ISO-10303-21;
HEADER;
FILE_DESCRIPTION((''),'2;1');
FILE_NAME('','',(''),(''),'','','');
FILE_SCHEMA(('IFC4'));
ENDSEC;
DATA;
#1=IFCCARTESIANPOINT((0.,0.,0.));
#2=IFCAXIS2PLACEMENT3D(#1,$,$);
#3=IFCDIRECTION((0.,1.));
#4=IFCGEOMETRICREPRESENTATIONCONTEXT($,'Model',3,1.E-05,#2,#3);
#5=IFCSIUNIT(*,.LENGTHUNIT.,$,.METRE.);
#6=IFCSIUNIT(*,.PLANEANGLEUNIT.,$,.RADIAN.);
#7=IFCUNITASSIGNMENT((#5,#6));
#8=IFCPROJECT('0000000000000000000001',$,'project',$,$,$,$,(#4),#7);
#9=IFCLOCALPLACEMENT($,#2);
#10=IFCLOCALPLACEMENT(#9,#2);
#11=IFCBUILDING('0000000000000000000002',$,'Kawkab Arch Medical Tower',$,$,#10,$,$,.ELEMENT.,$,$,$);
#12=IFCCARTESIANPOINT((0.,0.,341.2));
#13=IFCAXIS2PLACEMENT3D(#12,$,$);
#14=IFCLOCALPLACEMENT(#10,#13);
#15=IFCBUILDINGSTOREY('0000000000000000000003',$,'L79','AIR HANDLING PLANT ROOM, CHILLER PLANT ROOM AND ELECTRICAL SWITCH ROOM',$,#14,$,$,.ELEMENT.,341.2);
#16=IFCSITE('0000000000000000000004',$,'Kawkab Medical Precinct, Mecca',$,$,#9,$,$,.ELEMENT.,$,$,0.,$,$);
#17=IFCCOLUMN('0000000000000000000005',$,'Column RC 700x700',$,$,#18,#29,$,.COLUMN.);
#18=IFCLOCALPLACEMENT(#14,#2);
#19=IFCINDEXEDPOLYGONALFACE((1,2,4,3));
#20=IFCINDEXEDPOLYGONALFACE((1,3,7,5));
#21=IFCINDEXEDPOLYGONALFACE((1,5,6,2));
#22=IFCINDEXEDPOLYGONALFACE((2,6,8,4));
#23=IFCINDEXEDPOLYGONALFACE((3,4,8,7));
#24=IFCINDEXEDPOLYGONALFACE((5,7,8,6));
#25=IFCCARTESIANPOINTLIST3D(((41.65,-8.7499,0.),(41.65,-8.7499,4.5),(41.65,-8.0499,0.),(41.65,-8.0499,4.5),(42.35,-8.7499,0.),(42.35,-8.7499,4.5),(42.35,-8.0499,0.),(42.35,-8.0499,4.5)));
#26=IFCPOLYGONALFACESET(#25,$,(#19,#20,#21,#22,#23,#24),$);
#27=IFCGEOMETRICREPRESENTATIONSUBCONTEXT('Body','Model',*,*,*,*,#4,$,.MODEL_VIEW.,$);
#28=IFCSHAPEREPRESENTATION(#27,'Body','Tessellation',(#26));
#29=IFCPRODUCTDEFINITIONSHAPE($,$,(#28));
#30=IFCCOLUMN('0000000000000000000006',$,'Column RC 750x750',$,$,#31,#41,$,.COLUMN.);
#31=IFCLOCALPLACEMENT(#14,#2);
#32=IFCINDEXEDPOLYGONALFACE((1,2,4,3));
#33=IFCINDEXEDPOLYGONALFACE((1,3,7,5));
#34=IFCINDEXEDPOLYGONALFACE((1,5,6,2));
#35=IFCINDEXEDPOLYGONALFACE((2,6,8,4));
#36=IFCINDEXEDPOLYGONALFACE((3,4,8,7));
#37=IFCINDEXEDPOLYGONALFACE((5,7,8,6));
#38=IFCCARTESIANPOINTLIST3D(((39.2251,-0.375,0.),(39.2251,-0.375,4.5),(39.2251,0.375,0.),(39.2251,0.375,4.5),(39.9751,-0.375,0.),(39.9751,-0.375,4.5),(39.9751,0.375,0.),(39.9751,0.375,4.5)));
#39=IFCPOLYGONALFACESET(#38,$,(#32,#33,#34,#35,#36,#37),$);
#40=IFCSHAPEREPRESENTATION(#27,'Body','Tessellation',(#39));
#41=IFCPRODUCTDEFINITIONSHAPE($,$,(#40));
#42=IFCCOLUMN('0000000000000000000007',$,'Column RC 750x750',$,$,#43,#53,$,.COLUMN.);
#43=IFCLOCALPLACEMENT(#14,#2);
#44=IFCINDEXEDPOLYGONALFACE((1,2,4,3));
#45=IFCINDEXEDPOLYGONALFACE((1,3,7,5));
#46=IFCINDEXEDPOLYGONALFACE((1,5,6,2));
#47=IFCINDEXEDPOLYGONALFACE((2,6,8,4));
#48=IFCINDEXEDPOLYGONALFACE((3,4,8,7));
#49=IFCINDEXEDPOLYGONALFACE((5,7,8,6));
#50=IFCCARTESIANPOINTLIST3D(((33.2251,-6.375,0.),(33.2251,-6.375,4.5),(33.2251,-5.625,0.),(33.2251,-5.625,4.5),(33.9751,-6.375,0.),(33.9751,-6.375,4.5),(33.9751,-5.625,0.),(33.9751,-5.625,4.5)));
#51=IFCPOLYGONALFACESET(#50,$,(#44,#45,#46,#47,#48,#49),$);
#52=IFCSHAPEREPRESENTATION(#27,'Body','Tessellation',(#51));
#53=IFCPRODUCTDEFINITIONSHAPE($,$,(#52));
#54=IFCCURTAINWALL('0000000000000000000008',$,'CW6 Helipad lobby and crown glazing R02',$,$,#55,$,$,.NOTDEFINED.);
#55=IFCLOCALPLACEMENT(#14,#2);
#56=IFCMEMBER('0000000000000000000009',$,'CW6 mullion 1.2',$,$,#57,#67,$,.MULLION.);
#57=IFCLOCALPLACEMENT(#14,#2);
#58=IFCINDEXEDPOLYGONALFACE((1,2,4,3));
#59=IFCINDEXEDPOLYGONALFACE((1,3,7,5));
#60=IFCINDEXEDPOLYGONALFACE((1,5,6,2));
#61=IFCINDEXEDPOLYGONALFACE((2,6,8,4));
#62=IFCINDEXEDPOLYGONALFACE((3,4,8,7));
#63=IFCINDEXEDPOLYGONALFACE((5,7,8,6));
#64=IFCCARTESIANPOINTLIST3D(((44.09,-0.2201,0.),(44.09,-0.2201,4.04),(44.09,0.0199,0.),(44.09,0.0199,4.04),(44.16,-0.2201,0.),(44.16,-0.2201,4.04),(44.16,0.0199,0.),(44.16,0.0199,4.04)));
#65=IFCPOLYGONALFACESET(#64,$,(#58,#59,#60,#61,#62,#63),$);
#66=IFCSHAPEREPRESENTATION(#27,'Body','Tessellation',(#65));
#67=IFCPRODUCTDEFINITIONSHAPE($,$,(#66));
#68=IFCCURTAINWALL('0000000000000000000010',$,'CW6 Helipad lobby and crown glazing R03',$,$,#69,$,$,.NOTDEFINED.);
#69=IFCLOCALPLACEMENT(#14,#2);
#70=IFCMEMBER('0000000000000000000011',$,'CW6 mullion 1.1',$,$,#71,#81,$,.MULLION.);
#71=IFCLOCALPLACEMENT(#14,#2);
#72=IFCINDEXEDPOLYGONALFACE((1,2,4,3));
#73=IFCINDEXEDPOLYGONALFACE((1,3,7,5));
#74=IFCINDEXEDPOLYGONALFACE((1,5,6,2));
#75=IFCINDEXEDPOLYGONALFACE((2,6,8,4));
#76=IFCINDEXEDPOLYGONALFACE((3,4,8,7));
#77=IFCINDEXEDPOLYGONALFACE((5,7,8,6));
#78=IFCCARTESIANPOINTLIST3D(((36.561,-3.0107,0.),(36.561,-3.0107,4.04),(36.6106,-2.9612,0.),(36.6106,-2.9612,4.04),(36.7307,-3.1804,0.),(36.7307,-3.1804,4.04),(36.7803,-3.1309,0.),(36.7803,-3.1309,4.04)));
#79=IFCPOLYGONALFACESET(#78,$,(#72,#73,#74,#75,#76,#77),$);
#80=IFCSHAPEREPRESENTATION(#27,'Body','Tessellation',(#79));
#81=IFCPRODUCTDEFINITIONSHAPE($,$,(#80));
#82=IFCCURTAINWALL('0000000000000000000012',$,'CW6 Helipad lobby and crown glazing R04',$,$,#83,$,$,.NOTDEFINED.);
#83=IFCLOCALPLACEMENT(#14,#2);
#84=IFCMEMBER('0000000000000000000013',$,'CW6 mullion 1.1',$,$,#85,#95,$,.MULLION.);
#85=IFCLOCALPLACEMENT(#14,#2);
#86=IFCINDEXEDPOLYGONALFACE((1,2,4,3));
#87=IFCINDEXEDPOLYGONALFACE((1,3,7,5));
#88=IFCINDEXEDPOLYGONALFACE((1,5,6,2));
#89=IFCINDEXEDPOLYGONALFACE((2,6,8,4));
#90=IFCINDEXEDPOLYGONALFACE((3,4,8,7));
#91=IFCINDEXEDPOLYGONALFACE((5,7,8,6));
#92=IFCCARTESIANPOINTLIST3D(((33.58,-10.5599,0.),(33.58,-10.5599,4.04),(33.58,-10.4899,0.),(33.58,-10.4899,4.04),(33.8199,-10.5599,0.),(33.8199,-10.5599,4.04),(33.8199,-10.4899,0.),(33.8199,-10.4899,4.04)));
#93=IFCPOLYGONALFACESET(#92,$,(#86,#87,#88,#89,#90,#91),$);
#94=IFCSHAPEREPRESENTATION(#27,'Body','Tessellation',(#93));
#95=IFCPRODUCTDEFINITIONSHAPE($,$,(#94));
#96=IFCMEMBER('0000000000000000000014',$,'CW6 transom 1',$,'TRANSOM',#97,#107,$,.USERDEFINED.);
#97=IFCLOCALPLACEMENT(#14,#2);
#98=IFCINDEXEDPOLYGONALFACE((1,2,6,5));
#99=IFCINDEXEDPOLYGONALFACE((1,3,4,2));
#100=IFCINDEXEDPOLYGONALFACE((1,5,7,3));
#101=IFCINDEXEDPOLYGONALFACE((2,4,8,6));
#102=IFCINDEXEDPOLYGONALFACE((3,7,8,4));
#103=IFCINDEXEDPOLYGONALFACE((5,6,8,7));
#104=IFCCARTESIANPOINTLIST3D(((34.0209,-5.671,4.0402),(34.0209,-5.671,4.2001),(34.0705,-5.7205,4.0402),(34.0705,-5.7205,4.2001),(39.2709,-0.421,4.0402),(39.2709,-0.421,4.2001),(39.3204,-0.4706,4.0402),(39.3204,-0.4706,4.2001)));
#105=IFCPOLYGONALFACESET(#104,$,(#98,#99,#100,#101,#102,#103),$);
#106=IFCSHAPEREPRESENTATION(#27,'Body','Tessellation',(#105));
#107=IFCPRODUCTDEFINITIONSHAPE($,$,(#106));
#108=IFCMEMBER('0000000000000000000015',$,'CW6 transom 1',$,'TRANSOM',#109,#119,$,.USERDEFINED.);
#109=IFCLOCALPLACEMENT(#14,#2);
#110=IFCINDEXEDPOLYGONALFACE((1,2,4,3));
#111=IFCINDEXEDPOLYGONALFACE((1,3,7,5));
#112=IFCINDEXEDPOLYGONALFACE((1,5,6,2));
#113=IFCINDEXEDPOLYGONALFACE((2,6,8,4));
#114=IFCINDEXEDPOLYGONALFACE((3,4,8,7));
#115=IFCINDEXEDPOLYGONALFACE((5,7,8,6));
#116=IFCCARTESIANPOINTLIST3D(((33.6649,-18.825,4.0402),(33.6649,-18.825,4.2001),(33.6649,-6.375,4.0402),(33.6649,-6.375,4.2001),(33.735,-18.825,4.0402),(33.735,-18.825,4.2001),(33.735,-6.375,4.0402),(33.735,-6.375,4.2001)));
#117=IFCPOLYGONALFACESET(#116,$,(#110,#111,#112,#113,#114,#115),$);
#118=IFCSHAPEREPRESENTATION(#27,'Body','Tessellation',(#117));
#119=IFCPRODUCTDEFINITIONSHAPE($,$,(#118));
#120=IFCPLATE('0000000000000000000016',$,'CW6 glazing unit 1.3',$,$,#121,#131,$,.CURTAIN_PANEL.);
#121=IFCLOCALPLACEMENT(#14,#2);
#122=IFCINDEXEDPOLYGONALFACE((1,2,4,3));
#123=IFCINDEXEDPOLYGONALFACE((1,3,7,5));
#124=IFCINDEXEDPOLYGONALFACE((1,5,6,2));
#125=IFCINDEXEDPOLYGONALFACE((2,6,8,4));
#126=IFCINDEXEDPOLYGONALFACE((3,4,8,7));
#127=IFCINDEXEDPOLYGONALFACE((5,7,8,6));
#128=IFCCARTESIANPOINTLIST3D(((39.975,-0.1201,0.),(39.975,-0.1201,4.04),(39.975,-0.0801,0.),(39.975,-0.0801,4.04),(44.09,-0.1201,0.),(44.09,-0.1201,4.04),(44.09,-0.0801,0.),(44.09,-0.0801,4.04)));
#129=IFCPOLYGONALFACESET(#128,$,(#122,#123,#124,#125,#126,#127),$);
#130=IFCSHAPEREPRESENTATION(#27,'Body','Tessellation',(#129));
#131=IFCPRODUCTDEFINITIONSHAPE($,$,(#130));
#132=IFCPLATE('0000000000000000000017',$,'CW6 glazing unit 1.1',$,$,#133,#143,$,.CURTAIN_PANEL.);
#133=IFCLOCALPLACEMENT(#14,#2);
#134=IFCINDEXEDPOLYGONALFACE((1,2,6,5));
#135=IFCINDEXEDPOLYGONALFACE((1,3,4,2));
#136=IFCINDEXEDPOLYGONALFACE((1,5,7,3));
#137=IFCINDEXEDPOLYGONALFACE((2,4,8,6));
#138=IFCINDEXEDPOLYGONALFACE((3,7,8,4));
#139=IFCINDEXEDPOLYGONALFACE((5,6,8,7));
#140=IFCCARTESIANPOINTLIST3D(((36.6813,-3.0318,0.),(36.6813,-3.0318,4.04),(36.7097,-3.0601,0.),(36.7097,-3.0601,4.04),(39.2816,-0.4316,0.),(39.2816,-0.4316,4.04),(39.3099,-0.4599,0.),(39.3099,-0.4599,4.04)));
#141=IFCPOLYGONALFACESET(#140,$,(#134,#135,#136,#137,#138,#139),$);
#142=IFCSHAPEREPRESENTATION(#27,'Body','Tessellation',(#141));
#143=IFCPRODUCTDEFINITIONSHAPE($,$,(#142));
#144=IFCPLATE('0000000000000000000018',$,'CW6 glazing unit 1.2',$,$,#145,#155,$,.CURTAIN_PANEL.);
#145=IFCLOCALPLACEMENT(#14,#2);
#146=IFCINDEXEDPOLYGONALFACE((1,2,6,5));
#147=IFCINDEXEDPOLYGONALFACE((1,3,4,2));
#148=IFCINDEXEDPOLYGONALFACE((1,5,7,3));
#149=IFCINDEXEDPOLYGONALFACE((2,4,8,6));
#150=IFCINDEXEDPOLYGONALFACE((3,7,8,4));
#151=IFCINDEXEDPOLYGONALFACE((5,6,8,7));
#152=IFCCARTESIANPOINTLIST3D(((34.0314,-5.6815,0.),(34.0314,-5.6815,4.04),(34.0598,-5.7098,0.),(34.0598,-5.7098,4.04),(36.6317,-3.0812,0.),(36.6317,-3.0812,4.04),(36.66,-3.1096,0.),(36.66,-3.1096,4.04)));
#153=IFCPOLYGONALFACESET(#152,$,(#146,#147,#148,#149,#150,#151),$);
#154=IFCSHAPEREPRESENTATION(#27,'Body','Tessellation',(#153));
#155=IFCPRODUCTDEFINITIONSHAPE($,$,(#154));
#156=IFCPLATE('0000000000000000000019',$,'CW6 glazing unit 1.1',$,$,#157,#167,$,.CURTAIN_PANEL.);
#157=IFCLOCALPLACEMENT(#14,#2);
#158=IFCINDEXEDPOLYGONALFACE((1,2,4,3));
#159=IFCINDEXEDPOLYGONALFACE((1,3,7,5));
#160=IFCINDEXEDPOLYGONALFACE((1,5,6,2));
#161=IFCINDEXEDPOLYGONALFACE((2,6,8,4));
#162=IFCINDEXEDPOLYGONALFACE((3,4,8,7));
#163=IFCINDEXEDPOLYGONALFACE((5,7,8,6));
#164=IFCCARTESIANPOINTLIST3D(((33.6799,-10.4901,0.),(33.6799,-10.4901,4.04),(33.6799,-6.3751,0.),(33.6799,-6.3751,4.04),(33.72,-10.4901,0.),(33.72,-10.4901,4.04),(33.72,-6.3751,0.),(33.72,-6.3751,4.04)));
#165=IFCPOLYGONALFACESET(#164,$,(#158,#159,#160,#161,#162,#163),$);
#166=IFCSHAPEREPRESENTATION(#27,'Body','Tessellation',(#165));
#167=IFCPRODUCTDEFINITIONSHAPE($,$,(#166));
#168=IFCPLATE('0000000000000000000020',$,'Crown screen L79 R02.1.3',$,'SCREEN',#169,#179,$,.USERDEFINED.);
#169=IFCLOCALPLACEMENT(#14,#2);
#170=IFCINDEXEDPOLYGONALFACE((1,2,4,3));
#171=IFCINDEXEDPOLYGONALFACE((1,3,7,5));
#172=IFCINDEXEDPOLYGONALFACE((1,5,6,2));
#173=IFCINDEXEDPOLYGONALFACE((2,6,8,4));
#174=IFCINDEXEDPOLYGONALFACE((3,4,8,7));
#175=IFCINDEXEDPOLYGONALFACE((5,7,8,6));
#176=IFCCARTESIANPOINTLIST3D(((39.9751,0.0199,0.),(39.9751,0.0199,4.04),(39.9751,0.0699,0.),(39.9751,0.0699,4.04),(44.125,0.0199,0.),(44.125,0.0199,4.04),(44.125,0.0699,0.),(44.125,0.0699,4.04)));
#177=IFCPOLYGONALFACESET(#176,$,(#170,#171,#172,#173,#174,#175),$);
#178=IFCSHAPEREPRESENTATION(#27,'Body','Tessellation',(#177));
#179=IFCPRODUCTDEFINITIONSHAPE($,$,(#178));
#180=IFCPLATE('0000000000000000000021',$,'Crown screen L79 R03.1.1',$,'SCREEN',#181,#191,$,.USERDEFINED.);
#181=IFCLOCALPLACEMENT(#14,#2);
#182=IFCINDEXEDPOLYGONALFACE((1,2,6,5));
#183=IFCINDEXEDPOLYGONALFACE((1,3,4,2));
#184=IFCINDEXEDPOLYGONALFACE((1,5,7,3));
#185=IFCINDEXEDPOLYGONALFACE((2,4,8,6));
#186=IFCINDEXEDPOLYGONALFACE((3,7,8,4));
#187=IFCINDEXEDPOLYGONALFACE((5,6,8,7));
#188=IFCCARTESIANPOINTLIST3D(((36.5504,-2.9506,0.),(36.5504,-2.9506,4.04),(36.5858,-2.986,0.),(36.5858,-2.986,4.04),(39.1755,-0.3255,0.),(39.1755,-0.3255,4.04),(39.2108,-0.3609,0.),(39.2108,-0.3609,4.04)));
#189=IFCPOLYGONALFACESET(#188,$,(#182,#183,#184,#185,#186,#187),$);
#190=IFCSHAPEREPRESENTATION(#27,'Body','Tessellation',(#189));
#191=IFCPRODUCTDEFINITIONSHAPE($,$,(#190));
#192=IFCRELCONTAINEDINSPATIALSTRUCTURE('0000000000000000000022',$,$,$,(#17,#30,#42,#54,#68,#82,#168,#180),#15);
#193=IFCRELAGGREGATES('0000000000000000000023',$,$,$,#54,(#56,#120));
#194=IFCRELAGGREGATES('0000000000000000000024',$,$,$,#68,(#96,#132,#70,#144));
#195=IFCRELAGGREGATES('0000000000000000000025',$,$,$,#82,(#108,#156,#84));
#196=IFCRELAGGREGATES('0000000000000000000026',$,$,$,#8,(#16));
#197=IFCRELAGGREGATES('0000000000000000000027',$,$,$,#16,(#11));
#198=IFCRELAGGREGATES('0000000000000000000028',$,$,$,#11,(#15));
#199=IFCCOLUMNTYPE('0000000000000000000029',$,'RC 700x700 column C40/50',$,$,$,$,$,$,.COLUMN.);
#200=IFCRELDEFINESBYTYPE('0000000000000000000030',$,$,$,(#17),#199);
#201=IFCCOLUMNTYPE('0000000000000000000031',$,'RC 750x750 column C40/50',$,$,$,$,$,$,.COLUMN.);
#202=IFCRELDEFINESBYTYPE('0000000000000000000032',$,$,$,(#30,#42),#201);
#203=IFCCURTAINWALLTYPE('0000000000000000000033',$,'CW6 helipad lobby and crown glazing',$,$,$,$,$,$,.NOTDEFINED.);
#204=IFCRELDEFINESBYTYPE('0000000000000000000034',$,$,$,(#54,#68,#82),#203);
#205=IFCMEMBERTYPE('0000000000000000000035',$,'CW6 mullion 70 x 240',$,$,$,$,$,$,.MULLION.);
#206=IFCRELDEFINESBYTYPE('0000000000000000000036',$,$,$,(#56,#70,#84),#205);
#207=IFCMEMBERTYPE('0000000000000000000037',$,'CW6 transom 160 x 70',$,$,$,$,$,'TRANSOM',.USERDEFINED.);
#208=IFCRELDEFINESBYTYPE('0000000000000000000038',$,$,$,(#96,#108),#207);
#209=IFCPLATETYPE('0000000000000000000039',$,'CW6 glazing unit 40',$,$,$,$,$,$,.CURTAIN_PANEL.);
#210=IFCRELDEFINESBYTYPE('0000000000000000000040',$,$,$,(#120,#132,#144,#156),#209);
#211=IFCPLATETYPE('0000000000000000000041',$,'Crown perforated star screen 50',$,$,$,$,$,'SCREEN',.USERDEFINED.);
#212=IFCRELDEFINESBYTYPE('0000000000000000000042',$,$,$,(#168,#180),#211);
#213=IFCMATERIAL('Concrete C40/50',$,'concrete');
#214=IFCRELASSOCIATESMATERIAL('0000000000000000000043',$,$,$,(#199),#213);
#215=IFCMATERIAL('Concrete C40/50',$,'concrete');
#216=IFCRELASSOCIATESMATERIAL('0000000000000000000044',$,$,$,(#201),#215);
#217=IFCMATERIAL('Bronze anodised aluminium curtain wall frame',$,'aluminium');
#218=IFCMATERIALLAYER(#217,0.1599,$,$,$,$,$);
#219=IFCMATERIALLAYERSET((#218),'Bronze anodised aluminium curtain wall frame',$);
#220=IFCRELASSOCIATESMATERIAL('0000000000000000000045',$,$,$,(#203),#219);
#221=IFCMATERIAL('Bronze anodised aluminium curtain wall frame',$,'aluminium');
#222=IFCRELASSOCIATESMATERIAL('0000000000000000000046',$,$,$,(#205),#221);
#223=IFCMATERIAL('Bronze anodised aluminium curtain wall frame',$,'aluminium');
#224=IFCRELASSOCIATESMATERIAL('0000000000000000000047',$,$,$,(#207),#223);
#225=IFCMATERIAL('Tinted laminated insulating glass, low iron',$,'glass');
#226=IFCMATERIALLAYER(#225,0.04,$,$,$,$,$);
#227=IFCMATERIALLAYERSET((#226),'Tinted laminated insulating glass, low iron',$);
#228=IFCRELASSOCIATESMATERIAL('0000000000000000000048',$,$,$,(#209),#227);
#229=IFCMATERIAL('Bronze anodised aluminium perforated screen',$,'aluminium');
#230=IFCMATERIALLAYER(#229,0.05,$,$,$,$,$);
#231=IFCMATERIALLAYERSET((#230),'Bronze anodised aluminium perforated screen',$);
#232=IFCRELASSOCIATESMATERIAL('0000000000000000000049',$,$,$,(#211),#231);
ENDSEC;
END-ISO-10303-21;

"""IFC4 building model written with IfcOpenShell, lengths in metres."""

from ifc_helpers import new_model, si_unit, direction, frame, origin, origin_2d, place, context, subcontext, project, spatial, rectangle, extrude, material, layer, layer_set, material_profile, profile_set, type_object, element, aggregate, save


model = new_model("IFC4")

# Units and contexts
model_context = context("Model", 3, precision=1e-05, world=origin(), true_north=direction((0.0, 1.0)))
body_context = subcontext(model_context, "Body", "Model", "MODEL_VIEW")
ifc_project = project(units=[si_unit("LENGTHUNIT", "METRE"), si_unit("PLANEANGLEUNIT", "RADIAN")], contexts=[model_context])

# Site, building, storey
site_placement = place(None, origin())
site = spatial("IfcSite", under=ifc_project, at=site_placement, Name="Kawkab Medical Precinct, Mecca", CompositionType="ELEMENT", RefElevation=0.0)
building_placement = place(site_placement, origin())
building = spatial("IfcBuilding", under=site, at=building_placement, Name="Kawkab Arch Medical Tower", CompositionType="ELEMENT")
storey_placement = place(building_placement, frame((0.0, 0.0, 341.2)))
storey = spatial("IfcBuildingStorey", under=building, at=storey_placement, Name="L79", Description="AIR HANDLING PLANT ROOM, CHILLER PLANT ROOM AND ELECTRICAL SWITCH ROOM", CompositionType="ELEMENT", Elevation=341.2)

# Columns
ifc_material_1 = material(Name="Concrete C40/50", Category="concrete")
ifc_material_profile_1 = material_profile(ifc_material_1, rectangle(XDim=0.7, YDim=0.7, at=origin_2d()), Name="RC 700x700")
ifc_profile_set_1 = profile_set([ifc_material_profile_1], Name="Concrete C40/50")
column_type_1 = type_object("IfcColumnType", Name="RC 700x700 column C40/50", PredefinedType="COLUMN", material=ifc_profile_set_1)
column_placement = place(storey_placement, frame((42.0, -8.3999, 0.0), z_axis=(0.0, 0.0, 1.0), x_axis=(1.0, 0.0, 0.0)))
element("IfcColumn", 1, at=column_placement, inside=storey, type_object=column_type_1, Name="Column RC 700x700", PredefinedType="COLUMN", context=body_context, shape_type="SweptSolid", body=[
    extrude(rectangle(XDim=0.7, YDim=0.7, at=origin_2d()), origin(), (0.0, 0.0, 1.0), 4.5),
])
ifc_material_2 = material(Name="Concrete C40/50", Category="concrete")
ifc_material_profile_2 = material_profile(ifc_material_2, rectangle(XDim=0.75, YDim=0.75, at=origin_2d()), Name="RC 750x750")
ifc_profile_set_2 = profile_set([ifc_material_profile_2], Name="Concrete C40/50")
column_type_2 = type_object("IfcColumnType", Name="RC 750x750 column C40/50", PredefinedType="COLUMN", material=ifc_profile_set_2)
for number, where, z_axis, x_axis, name in (
    (2, (39.6001, 0.0, 0.0), (0.0, 0.0, 1.0), (1.0, 0.0, 0.0), "Column RC 750x750"),
    (3, (33.6001, -6.0, 0.0), (0.0, 0.0, 1.0), (1.0, 0.0, 0.0), "Column RC 750x750"),
):
    element("IfcColumn", number, at=place(storey_placement, frame(where, z_axis=z_axis, x_axis=x_axis)), inside=storey, type_object=column_type_2, Name=name, PredefinedType="COLUMN", context=body_context, shape_type="SweptSolid", body=[
        extrude(rectangle(XDim=0.75, YDim=0.75, at=origin_2d()), origin(), (0.0, 0.0, 1.0), 4.5),
    ])

# Curtain walls, members
ifc_material_3 = material(Name="Bronze anodised aluminium curtain wall frame", Category="aluminium")
ifc_layer_1 = layer(ifc_material_3, 0.1599)
ifc_layer_set_1 = layer_set([ifc_layer_1], Name="Bronze anodised aluminium curtain wall frame")
curtain_wall_type = type_object("IfcCurtainWallType", Name="CW6 helipad lobby and crown glazing", PredefinedType="NOTDEFINED", material=ifc_layer_set_1)
placement = place(storey_placement, origin())
curtain_wall_1 = element("IfcCurtainWall", 4, at=placement, inside=storey, type_object=curtain_wall_type, Name="CW6 Helipad lobby and crown glazing R02", PredefinedType="NOTDEFINED")
ifc_material_4 = material(Name="Bronze anodised aluminium curtain wall frame", Category="aluminium")
ifc_material_profile_3 = material_profile(ifc_material_4, rectangle(XDim=0.24, YDim=0.0701, at=origin_2d()), Name="AL 70x240")
ifc_profile_set_3 = profile_set([ifc_material_profile_3], Name="Bronze anodised aluminium curtain wall frame")
member_type_1 = type_object("IfcMemberType", Name="CW6 mullion 70 x 240", PredefinedType="MULLION", material=ifc_profile_set_3)
member_1_placement = place(storey_placement, frame((44.125, -0.1001, 0.0), z_axis=(0.0, 0.0, 1.0), x_axis=(0.0, -1.0, 0.0)))
member_1 = element("IfcMember", 5, at=member_1_placement, type_object=member_type_1, Name="CW6 mullion 1.2", PredefinedType="MULLION", context=body_context, shape_type="SweptSolid", body=[
    extrude(rectangle(XDim=0.24, YDim=0.0701, at=origin_2d()), origin(), (0.0, 0.0, 1.0), 4.04),
])
curtain_wall_2 = element("IfcCurtainWall", 6, at=placement, inside=storey, type_object=curtain_wall_type, Name="CW6 Helipad lobby and crown glazing R03", PredefinedType="NOTDEFINED")
member_2_placement = place(storey_placement, frame((36.6707, -3.0708, 0.0), z_axis=(0.0, 0.0, 1.0), x_axis=(0.707107, -0.707107, 0.0)))
member_2 = element("IfcMember", 7, at=member_2_placement, type_object=member_type_1, Name="CW6 mullion 1.1", PredefinedType="MULLION", context=body_context, shape_type="SweptSolid", body=[
    extrude(rectangle(XDim=0.24, YDim=0.0701, at=origin_2d()), origin(), (0.0, 0.0, 1.0), 4.04),
])
curtain_wall_3 = element("IfcCurtainWall", 8, at=placement, inside=storey, type_object=curtain_wall_type, Name="CW6 Helipad lobby and crown glazing R04", PredefinedType="NOTDEFINED")
member_3_placement = place(storey_placement, frame((33.7, -10.5249, 0.0), z_axis=(0.0, 0.0, 1.0), x_axis=(1.0, 0.0, 0.0)))
member_3 = element("IfcMember", 9, at=member_3_placement, type_object=member_type_1, Name="CW6 mullion 1.1", PredefinedType="MULLION", context=body_context, shape_type="SweptSolid", body=[
    extrude(rectangle(XDim=0.24, YDim=0.0701, at=origin_2d()), origin(), (0.0, 0.0, 1.0), 4.04),
])

# Members
ifc_material_5 = material(Name="Bronze anodised aluminium curtain wall frame", Category="aluminium")
ifc_material_profile_4 = material_profile(ifc_material_5, rectangle(XDim=0.0701, YDim=0.1599, at=origin_2d()), Name="AL 70x160")
ifc_profile_set_4 = profile_set([ifc_material_profile_4], Name="Bronze anodised aluminium curtain wall frame")
member_type_2 = type_object("IfcMemberType", Name="CW6 transom 160 x 70", ElementType="TRANSOM", PredefinedType="USERDEFINED", material=ifc_profile_set_4)
member_4_placement = place(storey_placement, frame((39.2957, -0.4458, 4.1201), z_axis=(-0.707107, -0.707107, 0.0), x_axis=(0.707107, -0.707107, 0.0)))
member_4 = element("IfcMember", 10, at=member_4_placement, type_object=member_type_2, Name="CW6 transom 1", ObjectType="TRANSOM", PredefinedType="USERDEFINED", context=body_context, shape_type="SweptSolid", body=[
    extrude(rectangle(XDim=0.0701, YDim=0.1599, at=origin_2d()), origin(), (0.0, 0.0, 1.0), 7.4246),
])
member_5_placement = place(storey_placement, frame((33.7, -6.375, 4.1201), z_axis=(0.0, -1.0, 0.0), x_axis=(1.0, 0.0, 0.0)))
member_5 = element("IfcMember", 11, at=member_5_placement, type_object=member_type_2, Name="CW6 transom 1", ObjectType="TRANSOM", PredefinedType="USERDEFINED", context=body_context, shape_type="SweptSolid", body=[
    extrude(rectangle(XDim=0.0701, YDim=0.1599, at=origin_2d()), origin(), (0.0, 0.0, 1.0), 12.45),
])

# Plates
ifc_material_6 = material(Name="Tinted laminated insulating glass, low iron", Category="glass")
ifc_layer_2 = layer(ifc_material_6, 0.04)
ifc_layer_set_2 = layer_set([ifc_layer_2], Name="Tinted laminated insulating glass, low iron")
plate_type_1 = type_object("IfcPlateType", Name="CW6 glazing unit 40", PredefinedType="CURTAIN_PANEL", material=ifc_layer_set_2)
plate_1_placement = place(storey_placement, frame((42.0325, -0.1001, 0.0), z_axis=(0.0, 0.0, 1.0), x_axis=(-1.0, 0.0, 0.0)))
plate_1 = element("IfcPlate", 12, at=plate_1_placement, type_object=plate_type_1, Name="CW6 glazing unit 1.3", PredefinedType="CURTAIN_PANEL", context=body_context, shape_type="SweptSolid", body=[
    extrude(rectangle(XDim=4.115, YDim=0.04, at=origin_2d()), origin(), (0.0, 0.0, 1.0), 4.04),
])
aggregate(curtain_wall_1, [member_1, plate_1])
plate_2_placement = place(storey_placement, frame((37.9956, -1.7458, 0.0), z_axis=(0.0, 0.0, 1.0), x_axis=(-0.707107, -0.707107, 0.0)))
plate_2 = element("IfcPlate", 13, at=plate_2_placement, type_object=plate_type_1, Name="CW6 glazing unit 1.1", PredefinedType="CURTAIN_PANEL", context=body_context, shape_type="SweptSolid", body=[
    extrude(rectangle(XDim=3.6772, YDim=0.04, at=origin_2d()), origin(), (0.0, 0.0, 1.0), 4.04),
])
plate_3_placement = place(storey_placement, frame((35.3457, -4.3955, 0.0), z_axis=(0.0, 0.0, 1.0), x_axis=(-0.707107, -0.707107, 0.0)))
plate_3 = element("IfcPlate", 14, at=plate_3_placement, type_object=plate_type_1, Name="CW6 glazing unit 1.2", PredefinedType="CURTAIN_PANEL", context=body_context, shape_type="SweptSolid", body=[
    extrude(rectangle(XDim=3.6772, YDim=0.04, at=origin_2d()), origin(), (0.0, 0.0, 1.0), 4.04),
])
aggregate(curtain_wall_2, [member_4, plate_2, member_2, plate_3])
plate_4_placement = place(storey_placement, frame((33.7, -8.4326, 0.0), z_axis=(0.0, 0.0, 1.0), x_axis=(0.0, -1.0, 0.0)))
plate_4 = element("IfcPlate", 15, at=plate_4_placement, type_object=plate_type_1, Name="CW6 glazing unit 1.1", PredefinedType="CURTAIN_PANEL", context=body_context, shape_type="SweptSolid", body=[
    extrude(rectangle(XDim=4.115, YDim=0.04, at=origin_2d()), origin(), (0.0, 0.0, 1.0), 4.04),
])
aggregate(curtain_wall_3, [member_5, plate_4, member_3])

# Plates
ifc_material_7 = material(Name="Bronze anodised aluminium perforated screen", Category="aluminium")
ifc_layer_3 = layer(ifc_material_7, 0.05)
ifc_layer_set_3 = layer_set([ifc_layer_3], Name="Bronze anodised aluminium perforated screen")
plate_type_2 = type_object("IfcPlateType", Name="Crown perforated star screen 50", ElementType="SCREEN", PredefinedType="USERDEFINED", material=ifc_layer_set_3)
plate_5_placement = place(storey_placement, frame((42.05, 0.0449, 0.0), z_axis=(0.0, 0.0, 1.0), x_axis=(-1.0, 0.0, 0.0)))
element("IfcPlate", 16, at=plate_5_placement, inside=storey, type_object=plate_type_2, Name="Crown screen L79 R02.1.3", ObjectType="SCREEN", PredefinedType="USERDEFINED", context=body_context, shape_type="SweptSolid", body=[
    extrude(rectangle(XDim=4.1499, YDim=0.05, at=origin_2d()), origin(), (0.0, 0.0, 1.0), 4.04),
])
for number, where, z_axis, x_axis, name in (
    (17, (37.8806, -1.6558, 0.0), (0.0, 0.0, 1.0), (-0.707107, -0.707107, 0.0), "Crown screen L79 R03.1.1"),
):
    element("IfcPlate", number, at=place(storey_placement, frame(where, z_axis=z_axis, x_axis=x_axis)), inside=storey, type_object=plate_type_2, Name=name, ObjectType="SCREEN", PredefinedType="USERDEFINED", context=body_context, shape_type="SweptSolid", body=[
        extrude(rectangle(XDim=3.7124, YDim=0.05, at=origin_2d()), origin(), (0.0, 0.0, 1.0), 4.04),
    ])

save(model, "model.ifc")
